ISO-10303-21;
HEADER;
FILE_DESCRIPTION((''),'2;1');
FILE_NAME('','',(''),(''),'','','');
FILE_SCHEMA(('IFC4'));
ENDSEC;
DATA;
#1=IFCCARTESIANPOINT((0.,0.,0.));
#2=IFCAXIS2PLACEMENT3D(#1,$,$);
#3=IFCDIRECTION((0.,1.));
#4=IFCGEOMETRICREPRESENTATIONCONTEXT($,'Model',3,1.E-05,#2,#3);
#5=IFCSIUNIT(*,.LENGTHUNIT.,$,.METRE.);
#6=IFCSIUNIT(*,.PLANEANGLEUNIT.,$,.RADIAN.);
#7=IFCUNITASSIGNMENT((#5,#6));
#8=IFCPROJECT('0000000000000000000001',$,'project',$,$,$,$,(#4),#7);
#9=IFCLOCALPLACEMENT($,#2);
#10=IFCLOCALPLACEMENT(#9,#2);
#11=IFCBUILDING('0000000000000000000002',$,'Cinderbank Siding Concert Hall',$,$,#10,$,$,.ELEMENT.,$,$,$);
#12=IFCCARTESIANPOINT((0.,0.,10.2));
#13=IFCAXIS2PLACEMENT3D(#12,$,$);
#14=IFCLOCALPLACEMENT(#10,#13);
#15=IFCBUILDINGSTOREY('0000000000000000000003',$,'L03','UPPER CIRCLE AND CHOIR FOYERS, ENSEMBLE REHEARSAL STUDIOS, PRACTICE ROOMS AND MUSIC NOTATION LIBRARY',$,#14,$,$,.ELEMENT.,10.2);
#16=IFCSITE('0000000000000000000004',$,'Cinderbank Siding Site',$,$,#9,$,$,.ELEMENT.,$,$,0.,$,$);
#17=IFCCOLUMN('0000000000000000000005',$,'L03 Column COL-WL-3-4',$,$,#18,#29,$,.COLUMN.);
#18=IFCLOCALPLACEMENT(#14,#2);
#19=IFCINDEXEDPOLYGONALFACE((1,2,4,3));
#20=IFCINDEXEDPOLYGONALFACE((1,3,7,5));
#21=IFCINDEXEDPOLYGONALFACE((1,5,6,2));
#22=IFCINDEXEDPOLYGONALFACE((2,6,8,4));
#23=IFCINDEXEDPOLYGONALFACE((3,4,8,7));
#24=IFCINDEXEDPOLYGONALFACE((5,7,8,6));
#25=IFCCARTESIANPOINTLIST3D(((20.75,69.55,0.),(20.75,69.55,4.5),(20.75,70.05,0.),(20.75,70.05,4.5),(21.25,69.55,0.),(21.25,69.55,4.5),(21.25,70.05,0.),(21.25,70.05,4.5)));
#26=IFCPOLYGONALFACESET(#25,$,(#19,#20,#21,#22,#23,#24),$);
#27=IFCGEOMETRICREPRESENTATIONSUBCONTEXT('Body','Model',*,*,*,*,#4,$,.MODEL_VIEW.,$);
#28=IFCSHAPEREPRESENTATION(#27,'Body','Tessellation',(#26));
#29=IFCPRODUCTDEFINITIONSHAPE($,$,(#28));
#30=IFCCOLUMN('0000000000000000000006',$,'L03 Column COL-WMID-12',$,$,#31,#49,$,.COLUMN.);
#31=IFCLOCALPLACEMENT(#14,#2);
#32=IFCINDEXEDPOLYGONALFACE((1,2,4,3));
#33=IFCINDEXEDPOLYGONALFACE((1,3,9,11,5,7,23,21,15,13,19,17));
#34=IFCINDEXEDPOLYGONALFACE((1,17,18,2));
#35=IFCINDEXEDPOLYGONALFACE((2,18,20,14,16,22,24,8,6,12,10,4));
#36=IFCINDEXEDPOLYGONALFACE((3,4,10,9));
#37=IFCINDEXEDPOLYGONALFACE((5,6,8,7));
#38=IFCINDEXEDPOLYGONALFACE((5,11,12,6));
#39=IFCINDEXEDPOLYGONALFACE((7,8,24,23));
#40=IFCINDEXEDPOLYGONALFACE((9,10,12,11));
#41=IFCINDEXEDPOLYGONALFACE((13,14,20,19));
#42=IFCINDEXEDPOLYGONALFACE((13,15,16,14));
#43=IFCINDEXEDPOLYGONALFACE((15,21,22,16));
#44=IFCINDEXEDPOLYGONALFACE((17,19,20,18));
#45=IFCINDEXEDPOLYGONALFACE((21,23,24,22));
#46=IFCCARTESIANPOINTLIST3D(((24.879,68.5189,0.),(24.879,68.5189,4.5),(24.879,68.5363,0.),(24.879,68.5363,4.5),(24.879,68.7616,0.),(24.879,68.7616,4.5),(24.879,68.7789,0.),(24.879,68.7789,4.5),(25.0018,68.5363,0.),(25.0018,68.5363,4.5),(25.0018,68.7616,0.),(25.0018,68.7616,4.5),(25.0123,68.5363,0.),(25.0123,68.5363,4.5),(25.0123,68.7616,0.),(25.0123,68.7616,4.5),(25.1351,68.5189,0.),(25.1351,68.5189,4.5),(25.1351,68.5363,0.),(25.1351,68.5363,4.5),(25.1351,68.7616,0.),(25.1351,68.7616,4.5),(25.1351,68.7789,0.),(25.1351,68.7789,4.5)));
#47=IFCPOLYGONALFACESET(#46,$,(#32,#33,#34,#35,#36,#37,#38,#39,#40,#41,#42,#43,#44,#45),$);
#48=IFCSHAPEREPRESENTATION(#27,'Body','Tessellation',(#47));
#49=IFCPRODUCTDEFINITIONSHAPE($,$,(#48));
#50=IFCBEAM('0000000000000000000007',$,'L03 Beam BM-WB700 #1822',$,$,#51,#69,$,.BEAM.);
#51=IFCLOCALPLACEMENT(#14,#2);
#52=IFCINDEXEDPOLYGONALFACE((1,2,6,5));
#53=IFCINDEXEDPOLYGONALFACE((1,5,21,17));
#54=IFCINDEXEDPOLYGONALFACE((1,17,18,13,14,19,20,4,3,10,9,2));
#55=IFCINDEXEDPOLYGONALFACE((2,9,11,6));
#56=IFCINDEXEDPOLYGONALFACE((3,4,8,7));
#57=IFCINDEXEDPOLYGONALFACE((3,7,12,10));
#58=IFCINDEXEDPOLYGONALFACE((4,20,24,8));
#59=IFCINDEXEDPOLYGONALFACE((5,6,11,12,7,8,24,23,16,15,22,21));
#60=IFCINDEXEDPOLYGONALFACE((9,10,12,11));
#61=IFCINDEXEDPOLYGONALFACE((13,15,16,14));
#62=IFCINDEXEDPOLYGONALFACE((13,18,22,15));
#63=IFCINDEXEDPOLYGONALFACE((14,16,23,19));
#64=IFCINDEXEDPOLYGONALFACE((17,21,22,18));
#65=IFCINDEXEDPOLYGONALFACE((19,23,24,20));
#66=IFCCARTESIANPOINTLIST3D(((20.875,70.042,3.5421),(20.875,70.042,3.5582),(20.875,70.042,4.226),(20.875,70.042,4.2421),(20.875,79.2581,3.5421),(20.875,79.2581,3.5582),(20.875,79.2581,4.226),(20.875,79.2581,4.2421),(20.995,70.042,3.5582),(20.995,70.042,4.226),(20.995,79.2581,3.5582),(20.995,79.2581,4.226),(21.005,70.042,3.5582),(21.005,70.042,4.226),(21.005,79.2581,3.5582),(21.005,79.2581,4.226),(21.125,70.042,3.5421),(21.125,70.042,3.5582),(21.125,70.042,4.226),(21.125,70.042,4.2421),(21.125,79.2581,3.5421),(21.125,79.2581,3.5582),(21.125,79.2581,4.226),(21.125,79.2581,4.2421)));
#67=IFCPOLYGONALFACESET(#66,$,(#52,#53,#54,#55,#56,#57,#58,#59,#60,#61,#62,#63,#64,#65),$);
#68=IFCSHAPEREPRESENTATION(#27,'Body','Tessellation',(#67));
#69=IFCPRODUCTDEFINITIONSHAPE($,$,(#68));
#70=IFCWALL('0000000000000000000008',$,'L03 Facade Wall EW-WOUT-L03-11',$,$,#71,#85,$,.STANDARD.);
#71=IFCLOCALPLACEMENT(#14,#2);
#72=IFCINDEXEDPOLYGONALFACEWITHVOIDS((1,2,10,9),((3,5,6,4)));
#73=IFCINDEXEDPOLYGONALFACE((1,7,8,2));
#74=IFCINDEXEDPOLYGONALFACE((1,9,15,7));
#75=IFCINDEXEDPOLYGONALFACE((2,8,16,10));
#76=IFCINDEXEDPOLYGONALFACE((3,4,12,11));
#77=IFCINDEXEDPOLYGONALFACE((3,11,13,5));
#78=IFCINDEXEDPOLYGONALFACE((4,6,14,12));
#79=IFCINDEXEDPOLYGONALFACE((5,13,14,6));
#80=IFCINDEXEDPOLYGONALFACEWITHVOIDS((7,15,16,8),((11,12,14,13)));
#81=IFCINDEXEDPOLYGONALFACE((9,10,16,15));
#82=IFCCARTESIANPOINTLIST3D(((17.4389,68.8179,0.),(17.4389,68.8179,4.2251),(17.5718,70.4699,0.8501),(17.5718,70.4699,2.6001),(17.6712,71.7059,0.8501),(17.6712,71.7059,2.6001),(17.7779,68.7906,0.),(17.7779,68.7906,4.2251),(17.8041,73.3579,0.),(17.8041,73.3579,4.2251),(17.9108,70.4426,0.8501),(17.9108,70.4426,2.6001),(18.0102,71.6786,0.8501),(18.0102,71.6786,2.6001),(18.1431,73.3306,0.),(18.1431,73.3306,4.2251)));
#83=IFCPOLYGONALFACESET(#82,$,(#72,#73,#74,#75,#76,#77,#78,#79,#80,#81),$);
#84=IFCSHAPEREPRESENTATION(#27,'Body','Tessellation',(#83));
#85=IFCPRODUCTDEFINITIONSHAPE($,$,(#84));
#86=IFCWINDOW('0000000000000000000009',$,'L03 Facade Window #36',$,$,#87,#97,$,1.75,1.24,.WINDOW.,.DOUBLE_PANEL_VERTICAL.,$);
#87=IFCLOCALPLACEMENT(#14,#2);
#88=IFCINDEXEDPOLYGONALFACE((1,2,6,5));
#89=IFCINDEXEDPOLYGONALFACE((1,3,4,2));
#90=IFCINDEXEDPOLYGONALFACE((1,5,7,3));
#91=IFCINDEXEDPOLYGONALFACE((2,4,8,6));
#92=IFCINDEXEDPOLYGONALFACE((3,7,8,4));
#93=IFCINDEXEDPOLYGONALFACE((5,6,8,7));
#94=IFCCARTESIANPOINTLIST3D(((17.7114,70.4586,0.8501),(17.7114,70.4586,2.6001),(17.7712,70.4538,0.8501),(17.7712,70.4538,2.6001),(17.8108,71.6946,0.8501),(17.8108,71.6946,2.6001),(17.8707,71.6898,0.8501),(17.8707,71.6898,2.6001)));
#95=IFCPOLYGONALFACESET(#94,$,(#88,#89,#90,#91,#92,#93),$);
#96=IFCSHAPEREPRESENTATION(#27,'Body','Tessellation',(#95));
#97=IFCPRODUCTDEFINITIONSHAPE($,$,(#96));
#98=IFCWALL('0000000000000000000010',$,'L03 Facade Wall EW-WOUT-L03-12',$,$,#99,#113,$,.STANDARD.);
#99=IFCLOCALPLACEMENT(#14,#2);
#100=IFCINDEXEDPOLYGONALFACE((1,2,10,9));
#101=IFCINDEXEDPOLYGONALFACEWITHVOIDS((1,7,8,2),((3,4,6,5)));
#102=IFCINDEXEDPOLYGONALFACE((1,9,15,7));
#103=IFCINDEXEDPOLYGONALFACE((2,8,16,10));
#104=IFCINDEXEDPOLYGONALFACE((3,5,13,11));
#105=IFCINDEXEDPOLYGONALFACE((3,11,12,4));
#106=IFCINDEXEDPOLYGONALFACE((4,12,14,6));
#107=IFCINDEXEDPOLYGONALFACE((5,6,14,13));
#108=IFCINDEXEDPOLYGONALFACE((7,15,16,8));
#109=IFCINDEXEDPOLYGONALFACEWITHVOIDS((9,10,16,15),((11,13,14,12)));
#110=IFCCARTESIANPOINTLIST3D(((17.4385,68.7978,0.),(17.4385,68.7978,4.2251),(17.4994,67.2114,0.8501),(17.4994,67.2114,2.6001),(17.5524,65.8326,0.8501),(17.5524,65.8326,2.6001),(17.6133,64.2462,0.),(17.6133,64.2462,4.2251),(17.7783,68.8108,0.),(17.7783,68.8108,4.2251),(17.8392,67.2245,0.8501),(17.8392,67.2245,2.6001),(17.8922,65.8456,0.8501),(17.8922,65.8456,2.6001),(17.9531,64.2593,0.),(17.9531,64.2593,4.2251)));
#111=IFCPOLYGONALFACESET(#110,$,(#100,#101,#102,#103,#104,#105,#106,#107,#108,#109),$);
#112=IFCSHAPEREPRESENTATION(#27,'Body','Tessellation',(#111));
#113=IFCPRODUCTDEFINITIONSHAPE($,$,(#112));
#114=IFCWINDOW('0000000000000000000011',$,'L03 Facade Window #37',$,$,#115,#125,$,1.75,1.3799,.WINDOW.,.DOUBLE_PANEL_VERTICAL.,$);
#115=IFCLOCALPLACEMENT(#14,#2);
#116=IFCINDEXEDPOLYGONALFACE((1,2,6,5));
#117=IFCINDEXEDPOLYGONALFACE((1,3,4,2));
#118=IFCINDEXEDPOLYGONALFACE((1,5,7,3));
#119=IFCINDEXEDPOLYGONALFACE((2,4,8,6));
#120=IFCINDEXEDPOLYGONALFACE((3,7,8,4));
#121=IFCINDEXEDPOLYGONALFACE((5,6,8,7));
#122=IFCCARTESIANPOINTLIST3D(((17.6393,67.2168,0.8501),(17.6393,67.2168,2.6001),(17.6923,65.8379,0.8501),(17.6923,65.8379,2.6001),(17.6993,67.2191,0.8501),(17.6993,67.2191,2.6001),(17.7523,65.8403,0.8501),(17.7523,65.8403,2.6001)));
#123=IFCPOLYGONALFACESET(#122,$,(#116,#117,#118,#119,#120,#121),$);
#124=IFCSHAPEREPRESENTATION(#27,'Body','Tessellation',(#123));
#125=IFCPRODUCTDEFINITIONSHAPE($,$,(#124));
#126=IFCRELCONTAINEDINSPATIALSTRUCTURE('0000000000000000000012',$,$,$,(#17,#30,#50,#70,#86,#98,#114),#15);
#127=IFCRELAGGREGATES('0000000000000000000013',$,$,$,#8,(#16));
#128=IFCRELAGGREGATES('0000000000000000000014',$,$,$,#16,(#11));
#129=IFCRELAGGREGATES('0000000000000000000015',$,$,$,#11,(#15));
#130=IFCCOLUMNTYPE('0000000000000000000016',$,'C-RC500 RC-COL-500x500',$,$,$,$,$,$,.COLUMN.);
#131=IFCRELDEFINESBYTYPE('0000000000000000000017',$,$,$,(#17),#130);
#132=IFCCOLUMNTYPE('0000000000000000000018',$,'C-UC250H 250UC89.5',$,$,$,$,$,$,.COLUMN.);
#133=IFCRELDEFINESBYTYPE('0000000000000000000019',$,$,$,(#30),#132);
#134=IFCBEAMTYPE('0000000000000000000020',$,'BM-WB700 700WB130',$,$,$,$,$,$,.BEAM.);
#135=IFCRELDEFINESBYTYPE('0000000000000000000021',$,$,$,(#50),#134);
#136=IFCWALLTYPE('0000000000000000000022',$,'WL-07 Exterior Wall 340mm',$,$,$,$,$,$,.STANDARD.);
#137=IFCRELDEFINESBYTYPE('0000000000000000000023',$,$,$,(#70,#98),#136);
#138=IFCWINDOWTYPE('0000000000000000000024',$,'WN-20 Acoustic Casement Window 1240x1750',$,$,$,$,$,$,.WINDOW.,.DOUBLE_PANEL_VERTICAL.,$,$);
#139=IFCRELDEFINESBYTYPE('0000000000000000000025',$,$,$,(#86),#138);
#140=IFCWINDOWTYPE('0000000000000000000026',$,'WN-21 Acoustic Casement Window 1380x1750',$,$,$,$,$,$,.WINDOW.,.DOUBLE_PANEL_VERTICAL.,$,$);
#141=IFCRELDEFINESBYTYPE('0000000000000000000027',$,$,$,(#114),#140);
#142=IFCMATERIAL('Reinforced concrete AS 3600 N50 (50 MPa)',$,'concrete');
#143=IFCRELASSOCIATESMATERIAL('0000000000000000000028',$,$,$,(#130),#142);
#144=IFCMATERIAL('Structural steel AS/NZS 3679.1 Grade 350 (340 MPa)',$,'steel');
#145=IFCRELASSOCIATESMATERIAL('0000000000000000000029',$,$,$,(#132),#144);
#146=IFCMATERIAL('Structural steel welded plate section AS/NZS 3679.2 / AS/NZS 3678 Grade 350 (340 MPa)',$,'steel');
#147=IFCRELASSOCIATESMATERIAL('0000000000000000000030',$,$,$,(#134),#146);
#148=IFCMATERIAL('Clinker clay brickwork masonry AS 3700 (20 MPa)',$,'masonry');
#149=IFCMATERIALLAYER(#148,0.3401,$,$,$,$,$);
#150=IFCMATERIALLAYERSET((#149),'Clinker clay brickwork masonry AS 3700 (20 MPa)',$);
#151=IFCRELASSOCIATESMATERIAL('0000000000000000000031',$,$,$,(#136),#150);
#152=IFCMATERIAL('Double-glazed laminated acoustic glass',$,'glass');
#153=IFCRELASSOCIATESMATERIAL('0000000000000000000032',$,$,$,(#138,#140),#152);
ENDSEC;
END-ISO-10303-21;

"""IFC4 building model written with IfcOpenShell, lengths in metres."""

from ifc_helpers import new_model, si_unit, direction, frame, frame_2d, origin, origin_2d, place, context, subcontext, project, spatial, rectangle, i_section, extrude, material, layer, layer_set, material_profile, profile_set, type_object, element, fill, save


model = new_model("IFC4")

# Units and contexts
model_context = context("Model", 3, precision=1e-05, world=origin(), true_north=direction((0.0, 1.0)))
body_context = subcontext(model_context, "Body", "Model", "MODEL_VIEW")
ifc_project = project(units=[si_unit("LENGTHUNIT", "METRE"), si_unit("PLANEANGLEUNIT", "RADIAN")], contexts=[model_context])

# Site, building, storey
site_placement = place(None, origin())
site = spatial("IfcSite", under=ifc_project, at=site_placement, Name="Cinderbank Siding Site", CompositionType="ELEMENT", RefElevation=0.0)
building_placement = place(site_placement, origin())
building = spatial("IfcBuilding", under=site, at=building_placement, Name="Cinderbank Siding Concert Hall", CompositionType="ELEMENT")
storey_placement = place(building_placement, frame((0.0, 0.0, 10.2)))
storey = spatial("IfcBuildingStorey", under=building, at=storey_placement, Name="L03", Description="UPPER CIRCLE AND CHOIR FOYERS, ENSEMBLE REHEARSAL STUDIOS, PRACTICE ROOMS AND MUSIC NOTATION LIBRARY", CompositionType="ELEMENT", Elevation=10.2)

# Columns
ifc_material_1 = material(Name="Reinforced concrete AS 3600 N50 (50 MPa)", Category="concrete")
ifc_material_profile_1 = material_profile(ifc_material_1, rectangle(XDim=0.5, YDim=0.5, at=origin_2d()), Name="RC-COL-500x500", Category="LoadBearing")
ifc_profile_set_1 = profile_set([ifc_material_profile_1], Name="Reinforced concrete AS 3600 N50 (50 MPa)")
column_type_1 = type_object("IfcColumnType", Name="C-RC500 RC-COL-500x500", PredefinedType="COLUMN", material=ifc_profile_set_1)
column_1_placement = place(storey_placement, frame((21.0, 69.8, 0.0), z_axis=(0.0, 0.0, 1.0), x_axis=(1.0, 0.0, 0.0)))
element("IfcColumn", 1, at=column_1_placement, inside=storey, type_object=column_type_1, Name="L03 Column COL-WL-3-4", PredefinedType="COLUMN", context=body_context, shape_type="SweptSolid", body=[
    extrude(rectangle(XDim=0.5, YDim=0.5, at=origin_2d()), origin(), (0.0, 0.0, 1.0), 4.5),
])
ifc_material_2 = material(Name="Structural steel AS/NZS 3679.1 Grade 350 (340 MPa)", Category="steel")
ifc_material_profile_2 = material_profile(ifc_material_2, i_section(OverallWidth=0.2561, OverallDepth=0.26, WebThickness=0.0105, FlangeThickness=0.0173, at=origin_2d()), Name="250UC89.5", Category="LoadBearing")
ifc_profile_set_2 = profile_set([ifc_material_profile_2], Name="Structural steel AS/NZS 3679.1 Grade 350 (340 MPa)")
column_type_2 = type_object("IfcColumnType", Name="C-UC250H 250UC89.5", PredefinedType="COLUMN", material=ifc_profile_set_2)
column_2_placement = place(storey_placement, frame((25.0071, 68.6489, 0.0), z_axis=(0.0, 0.0, 1.0), x_axis=(1.0, 0.0, 0.0)))
element("IfcColumn", 2, at=column_2_placement, inside=storey, type_object=column_type_2, Name="L03 Column COL-WMID-12", PredefinedType="COLUMN", context=body_context, shape_type="SweptSolid", body=[
    extrude(i_section(OverallWidth=0.2561, OverallDepth=0.26, WebThickness=0.0105, FlangeThickness=0.0173, at=origin_2d()), origin(), (0.0, 0.0, 1.0), 4.5),
])

# Beam
ifc_material_3 = material(Name="Structural steel welded plate section AS/NZS 3679.2 / AS/NZS 3678 Grade 350 (340 MPa)", Category="steel")
ifc_material_profile_3 = material_profile(ifc_material_3, i_section(OverallWidth=0.25, OverallDepth=0.7, WebThickness=0.01, FlangeThickness=0.0161, at=origin_2d()), Name="700WB130", Category="LoadBearing")
ifc_profile_set_3 = profile_set([ifc_material_profile_3], Name="Structural steel welded plate section AS/NZS 3679.2 / AS/NZS 3678 Grade 350 (340 MPa)")
beam_type = type_object("IfcBeamType", Name="BM-WB700 700WB130", PredefinedType="BEAM", material=ifc_profile_set_3)
beam_placement = place(storey_placement, frame((21.0, 70.042, 3.8921), z_axis=(0.0, 1.0, 0.0), x_axis=(-1.0, 0.0, 0.0)))
element("IfcBeam", 3, at=beam_placement, inside=storey, type_object=beam_type, Name="L03 Beam BM-WB700 #1822", PredefinedType="BEAM", context=body_context, shape_type="SweptSolid", body=[
    extrude(i_section(OverallWidth=0.25, OverallDepth=0.7, WebThickness=0.01, FlangeThickness=0.0161, at=origin_2d()), origin(), (0.0, 0.0, 1.0), 9.2161),
])

# Walls, openings, windows
ifc_material_4 = material(Name="Clinker clay brickwork masonry AS 3700 (20 MPa)", Category="masonry")
ifc_layer_1 = layer(ifc_material_4, 0.3401)
ifc_layer_set_1 = layer_set([ifc_layer_1], Name="Clinker clay brickwork masonry AS 3700 (20 MPa)")
wall_type_1 = type_object("IfcWallType", Name="WL-07 Exterior Wall 340mm", PredefinedType="STANDARD", material=ifc_layer_set_1)
wall_1_placement = place(storey_placement, frame((17.9736, 73.3442, 0.0), z_axis=(0.0, 0.0, 1.0), x_axis=(-0.080188, -0.99678, 0.0)))
wall_1 = element("IfcWall", 4, at=wall_1_placement, inside=storey, type_object=wall_type_1, Name="L03 Facade Wall EW-WOUT-L03-11", PredefinedType="STANDARD", context=body_context, shape_type="SweptSolid", body=[
    extrude(rectangle(XDim=4.5547, YDim=0.3401, at=frame_2d((2.2773, 0.0))), origin(), (0.0, 0.0, 1.0), 4.2251),
])
opening_1_placement = place(wall_1_placement, frame((1.6572, 0.0, 0.8501)))
opening_1 = element("IfcOpeningElement", 5, at=opening_1_placement, cuts=wall_1, PredefinedType="OPENING", context=body_context, shape_type="SweptSolid", body=[
    extrude(rectangle(XDim=1.24, YDim=1.75, at=frame_2d((0.6201, 0.875))), frame((0.0, 0.1821, 0.0), z_axis=(0.0, -1.0, 0.0), x_axis=(1.0, 0.0, 0.0)), (0.0, 0.0, 1.0), 0.364),
])
ifc_material_5 = material(Name="Double-glazed laminated acoustic glass", Category="glass")
window_type_1 = type_object("IfcWindowType", Name="WN-20 Acoustic Casement Window 1240x1750", PartitioningType="DOUBLE_PANEL_VERTICAL", PredefinedType="WINDOW", material=ifc_material_5)
window_1_placement = place(opening_1_placement, origin())
window_1 = element("IfcWindow", 6, at=window_1_placement, inside=storey, type_object=window_type_1, Name="L03 Facade Window #36", OverallHeight=1.75, OverallWidth=1.24, PartitioningType="DOUBLE_PANEL_VERTICAL", PredefinedType="WINDOW", context=body_context, shape_type="SweptSolid", body=[
    extrude(rectangle(XDim=1.24, YDim=1.75, at=frame_2d((0.6201, 0.875))), frame((0.0, 0.03, 0.0), z_axis=(0.0, -1.0, 0.0), x_axis=(1.0, 0.0, 0.0)), (0.0, 0.0, 1.0), 0.0601),
])
fill(opening_1, window_1)
wall_2_placement = place(storey_placement, frame((17.6084, 68.8042, 0.0), z_axis=(0.0, 0.0, 1.0), x_axis=(0.038378, -0.999263, 0.0)))
wall_2 = element("IfcWall", 7, at=wall_2_placement, inside=storey, type_object=wall_type_1, Name="L03 Facade Wall EW-WOUT-L03-12", PredefinedType="STANDARD", context=body_context, shape_type="SweptSolid", body=[
    extrude(rectangle(XDim=4.5549, YDim=0.3401, at=frame_2d((2.2773, 0.0))), origin(), (0.0, 0.0, 1.0), 4.2251),
])
opening_2_placement = place(wall_2_placement, frame((1.5874, 0.0, 0.8501)))
opening_2 = element("IfcOpeningElement", 8, at=opening_2_placement, cuts=wall_2, PredefinedType="OPENING", context=body_context, shape_type="SweptSolid", body=[
    extrude(rectangle(XDim=1.3799, YDim=1.75, at=frame_2d((0.6899, 0.875))), frame((0.0, 0.1821, 0.0), z_axis=(0.0, -1.0, 0.0), x_axis=(1.0, 0.0, 0.0)), (0.0, 0.0, 1.0), 0.364),
])
window_type_2 = type_object("IfcWindowType", Name="WN-21 Acoustic Casement Window 1380x1750", PartitioningType="DOUBLE_PANEL_VERTICAL", PredefinedType="WINDOW", material=ifc_material_5)
window_2_placement = place(opening_2_placement, origin())
window_2 = element("IfcWindow", 9, at=window_2_placement, inside=storey, type_object=window_type_2, Name="L03 Facade Window #37", OverallHeight=1.75, OverallWidth=1.3799, PartitioningType="DOUBLE_PANEL_VERTICAL", PredefinedType="WINDOW", context=body_context, shape_type="SweptSolid", body=[
    extrude(rectangle(XDim=1.3799, YDim=1.75, at=frame_2d((0.6899, 0.875))), frame((0.0, 0.03, 0.0), z_axis=(0.0, -1.0, 0.0), x_axis=(1.0, 0.0, 0.0)), (0.0, 0.0, 1.0), 0.0601),
])
fill(opening_2, window_2)

save(model, "model.ifc")
